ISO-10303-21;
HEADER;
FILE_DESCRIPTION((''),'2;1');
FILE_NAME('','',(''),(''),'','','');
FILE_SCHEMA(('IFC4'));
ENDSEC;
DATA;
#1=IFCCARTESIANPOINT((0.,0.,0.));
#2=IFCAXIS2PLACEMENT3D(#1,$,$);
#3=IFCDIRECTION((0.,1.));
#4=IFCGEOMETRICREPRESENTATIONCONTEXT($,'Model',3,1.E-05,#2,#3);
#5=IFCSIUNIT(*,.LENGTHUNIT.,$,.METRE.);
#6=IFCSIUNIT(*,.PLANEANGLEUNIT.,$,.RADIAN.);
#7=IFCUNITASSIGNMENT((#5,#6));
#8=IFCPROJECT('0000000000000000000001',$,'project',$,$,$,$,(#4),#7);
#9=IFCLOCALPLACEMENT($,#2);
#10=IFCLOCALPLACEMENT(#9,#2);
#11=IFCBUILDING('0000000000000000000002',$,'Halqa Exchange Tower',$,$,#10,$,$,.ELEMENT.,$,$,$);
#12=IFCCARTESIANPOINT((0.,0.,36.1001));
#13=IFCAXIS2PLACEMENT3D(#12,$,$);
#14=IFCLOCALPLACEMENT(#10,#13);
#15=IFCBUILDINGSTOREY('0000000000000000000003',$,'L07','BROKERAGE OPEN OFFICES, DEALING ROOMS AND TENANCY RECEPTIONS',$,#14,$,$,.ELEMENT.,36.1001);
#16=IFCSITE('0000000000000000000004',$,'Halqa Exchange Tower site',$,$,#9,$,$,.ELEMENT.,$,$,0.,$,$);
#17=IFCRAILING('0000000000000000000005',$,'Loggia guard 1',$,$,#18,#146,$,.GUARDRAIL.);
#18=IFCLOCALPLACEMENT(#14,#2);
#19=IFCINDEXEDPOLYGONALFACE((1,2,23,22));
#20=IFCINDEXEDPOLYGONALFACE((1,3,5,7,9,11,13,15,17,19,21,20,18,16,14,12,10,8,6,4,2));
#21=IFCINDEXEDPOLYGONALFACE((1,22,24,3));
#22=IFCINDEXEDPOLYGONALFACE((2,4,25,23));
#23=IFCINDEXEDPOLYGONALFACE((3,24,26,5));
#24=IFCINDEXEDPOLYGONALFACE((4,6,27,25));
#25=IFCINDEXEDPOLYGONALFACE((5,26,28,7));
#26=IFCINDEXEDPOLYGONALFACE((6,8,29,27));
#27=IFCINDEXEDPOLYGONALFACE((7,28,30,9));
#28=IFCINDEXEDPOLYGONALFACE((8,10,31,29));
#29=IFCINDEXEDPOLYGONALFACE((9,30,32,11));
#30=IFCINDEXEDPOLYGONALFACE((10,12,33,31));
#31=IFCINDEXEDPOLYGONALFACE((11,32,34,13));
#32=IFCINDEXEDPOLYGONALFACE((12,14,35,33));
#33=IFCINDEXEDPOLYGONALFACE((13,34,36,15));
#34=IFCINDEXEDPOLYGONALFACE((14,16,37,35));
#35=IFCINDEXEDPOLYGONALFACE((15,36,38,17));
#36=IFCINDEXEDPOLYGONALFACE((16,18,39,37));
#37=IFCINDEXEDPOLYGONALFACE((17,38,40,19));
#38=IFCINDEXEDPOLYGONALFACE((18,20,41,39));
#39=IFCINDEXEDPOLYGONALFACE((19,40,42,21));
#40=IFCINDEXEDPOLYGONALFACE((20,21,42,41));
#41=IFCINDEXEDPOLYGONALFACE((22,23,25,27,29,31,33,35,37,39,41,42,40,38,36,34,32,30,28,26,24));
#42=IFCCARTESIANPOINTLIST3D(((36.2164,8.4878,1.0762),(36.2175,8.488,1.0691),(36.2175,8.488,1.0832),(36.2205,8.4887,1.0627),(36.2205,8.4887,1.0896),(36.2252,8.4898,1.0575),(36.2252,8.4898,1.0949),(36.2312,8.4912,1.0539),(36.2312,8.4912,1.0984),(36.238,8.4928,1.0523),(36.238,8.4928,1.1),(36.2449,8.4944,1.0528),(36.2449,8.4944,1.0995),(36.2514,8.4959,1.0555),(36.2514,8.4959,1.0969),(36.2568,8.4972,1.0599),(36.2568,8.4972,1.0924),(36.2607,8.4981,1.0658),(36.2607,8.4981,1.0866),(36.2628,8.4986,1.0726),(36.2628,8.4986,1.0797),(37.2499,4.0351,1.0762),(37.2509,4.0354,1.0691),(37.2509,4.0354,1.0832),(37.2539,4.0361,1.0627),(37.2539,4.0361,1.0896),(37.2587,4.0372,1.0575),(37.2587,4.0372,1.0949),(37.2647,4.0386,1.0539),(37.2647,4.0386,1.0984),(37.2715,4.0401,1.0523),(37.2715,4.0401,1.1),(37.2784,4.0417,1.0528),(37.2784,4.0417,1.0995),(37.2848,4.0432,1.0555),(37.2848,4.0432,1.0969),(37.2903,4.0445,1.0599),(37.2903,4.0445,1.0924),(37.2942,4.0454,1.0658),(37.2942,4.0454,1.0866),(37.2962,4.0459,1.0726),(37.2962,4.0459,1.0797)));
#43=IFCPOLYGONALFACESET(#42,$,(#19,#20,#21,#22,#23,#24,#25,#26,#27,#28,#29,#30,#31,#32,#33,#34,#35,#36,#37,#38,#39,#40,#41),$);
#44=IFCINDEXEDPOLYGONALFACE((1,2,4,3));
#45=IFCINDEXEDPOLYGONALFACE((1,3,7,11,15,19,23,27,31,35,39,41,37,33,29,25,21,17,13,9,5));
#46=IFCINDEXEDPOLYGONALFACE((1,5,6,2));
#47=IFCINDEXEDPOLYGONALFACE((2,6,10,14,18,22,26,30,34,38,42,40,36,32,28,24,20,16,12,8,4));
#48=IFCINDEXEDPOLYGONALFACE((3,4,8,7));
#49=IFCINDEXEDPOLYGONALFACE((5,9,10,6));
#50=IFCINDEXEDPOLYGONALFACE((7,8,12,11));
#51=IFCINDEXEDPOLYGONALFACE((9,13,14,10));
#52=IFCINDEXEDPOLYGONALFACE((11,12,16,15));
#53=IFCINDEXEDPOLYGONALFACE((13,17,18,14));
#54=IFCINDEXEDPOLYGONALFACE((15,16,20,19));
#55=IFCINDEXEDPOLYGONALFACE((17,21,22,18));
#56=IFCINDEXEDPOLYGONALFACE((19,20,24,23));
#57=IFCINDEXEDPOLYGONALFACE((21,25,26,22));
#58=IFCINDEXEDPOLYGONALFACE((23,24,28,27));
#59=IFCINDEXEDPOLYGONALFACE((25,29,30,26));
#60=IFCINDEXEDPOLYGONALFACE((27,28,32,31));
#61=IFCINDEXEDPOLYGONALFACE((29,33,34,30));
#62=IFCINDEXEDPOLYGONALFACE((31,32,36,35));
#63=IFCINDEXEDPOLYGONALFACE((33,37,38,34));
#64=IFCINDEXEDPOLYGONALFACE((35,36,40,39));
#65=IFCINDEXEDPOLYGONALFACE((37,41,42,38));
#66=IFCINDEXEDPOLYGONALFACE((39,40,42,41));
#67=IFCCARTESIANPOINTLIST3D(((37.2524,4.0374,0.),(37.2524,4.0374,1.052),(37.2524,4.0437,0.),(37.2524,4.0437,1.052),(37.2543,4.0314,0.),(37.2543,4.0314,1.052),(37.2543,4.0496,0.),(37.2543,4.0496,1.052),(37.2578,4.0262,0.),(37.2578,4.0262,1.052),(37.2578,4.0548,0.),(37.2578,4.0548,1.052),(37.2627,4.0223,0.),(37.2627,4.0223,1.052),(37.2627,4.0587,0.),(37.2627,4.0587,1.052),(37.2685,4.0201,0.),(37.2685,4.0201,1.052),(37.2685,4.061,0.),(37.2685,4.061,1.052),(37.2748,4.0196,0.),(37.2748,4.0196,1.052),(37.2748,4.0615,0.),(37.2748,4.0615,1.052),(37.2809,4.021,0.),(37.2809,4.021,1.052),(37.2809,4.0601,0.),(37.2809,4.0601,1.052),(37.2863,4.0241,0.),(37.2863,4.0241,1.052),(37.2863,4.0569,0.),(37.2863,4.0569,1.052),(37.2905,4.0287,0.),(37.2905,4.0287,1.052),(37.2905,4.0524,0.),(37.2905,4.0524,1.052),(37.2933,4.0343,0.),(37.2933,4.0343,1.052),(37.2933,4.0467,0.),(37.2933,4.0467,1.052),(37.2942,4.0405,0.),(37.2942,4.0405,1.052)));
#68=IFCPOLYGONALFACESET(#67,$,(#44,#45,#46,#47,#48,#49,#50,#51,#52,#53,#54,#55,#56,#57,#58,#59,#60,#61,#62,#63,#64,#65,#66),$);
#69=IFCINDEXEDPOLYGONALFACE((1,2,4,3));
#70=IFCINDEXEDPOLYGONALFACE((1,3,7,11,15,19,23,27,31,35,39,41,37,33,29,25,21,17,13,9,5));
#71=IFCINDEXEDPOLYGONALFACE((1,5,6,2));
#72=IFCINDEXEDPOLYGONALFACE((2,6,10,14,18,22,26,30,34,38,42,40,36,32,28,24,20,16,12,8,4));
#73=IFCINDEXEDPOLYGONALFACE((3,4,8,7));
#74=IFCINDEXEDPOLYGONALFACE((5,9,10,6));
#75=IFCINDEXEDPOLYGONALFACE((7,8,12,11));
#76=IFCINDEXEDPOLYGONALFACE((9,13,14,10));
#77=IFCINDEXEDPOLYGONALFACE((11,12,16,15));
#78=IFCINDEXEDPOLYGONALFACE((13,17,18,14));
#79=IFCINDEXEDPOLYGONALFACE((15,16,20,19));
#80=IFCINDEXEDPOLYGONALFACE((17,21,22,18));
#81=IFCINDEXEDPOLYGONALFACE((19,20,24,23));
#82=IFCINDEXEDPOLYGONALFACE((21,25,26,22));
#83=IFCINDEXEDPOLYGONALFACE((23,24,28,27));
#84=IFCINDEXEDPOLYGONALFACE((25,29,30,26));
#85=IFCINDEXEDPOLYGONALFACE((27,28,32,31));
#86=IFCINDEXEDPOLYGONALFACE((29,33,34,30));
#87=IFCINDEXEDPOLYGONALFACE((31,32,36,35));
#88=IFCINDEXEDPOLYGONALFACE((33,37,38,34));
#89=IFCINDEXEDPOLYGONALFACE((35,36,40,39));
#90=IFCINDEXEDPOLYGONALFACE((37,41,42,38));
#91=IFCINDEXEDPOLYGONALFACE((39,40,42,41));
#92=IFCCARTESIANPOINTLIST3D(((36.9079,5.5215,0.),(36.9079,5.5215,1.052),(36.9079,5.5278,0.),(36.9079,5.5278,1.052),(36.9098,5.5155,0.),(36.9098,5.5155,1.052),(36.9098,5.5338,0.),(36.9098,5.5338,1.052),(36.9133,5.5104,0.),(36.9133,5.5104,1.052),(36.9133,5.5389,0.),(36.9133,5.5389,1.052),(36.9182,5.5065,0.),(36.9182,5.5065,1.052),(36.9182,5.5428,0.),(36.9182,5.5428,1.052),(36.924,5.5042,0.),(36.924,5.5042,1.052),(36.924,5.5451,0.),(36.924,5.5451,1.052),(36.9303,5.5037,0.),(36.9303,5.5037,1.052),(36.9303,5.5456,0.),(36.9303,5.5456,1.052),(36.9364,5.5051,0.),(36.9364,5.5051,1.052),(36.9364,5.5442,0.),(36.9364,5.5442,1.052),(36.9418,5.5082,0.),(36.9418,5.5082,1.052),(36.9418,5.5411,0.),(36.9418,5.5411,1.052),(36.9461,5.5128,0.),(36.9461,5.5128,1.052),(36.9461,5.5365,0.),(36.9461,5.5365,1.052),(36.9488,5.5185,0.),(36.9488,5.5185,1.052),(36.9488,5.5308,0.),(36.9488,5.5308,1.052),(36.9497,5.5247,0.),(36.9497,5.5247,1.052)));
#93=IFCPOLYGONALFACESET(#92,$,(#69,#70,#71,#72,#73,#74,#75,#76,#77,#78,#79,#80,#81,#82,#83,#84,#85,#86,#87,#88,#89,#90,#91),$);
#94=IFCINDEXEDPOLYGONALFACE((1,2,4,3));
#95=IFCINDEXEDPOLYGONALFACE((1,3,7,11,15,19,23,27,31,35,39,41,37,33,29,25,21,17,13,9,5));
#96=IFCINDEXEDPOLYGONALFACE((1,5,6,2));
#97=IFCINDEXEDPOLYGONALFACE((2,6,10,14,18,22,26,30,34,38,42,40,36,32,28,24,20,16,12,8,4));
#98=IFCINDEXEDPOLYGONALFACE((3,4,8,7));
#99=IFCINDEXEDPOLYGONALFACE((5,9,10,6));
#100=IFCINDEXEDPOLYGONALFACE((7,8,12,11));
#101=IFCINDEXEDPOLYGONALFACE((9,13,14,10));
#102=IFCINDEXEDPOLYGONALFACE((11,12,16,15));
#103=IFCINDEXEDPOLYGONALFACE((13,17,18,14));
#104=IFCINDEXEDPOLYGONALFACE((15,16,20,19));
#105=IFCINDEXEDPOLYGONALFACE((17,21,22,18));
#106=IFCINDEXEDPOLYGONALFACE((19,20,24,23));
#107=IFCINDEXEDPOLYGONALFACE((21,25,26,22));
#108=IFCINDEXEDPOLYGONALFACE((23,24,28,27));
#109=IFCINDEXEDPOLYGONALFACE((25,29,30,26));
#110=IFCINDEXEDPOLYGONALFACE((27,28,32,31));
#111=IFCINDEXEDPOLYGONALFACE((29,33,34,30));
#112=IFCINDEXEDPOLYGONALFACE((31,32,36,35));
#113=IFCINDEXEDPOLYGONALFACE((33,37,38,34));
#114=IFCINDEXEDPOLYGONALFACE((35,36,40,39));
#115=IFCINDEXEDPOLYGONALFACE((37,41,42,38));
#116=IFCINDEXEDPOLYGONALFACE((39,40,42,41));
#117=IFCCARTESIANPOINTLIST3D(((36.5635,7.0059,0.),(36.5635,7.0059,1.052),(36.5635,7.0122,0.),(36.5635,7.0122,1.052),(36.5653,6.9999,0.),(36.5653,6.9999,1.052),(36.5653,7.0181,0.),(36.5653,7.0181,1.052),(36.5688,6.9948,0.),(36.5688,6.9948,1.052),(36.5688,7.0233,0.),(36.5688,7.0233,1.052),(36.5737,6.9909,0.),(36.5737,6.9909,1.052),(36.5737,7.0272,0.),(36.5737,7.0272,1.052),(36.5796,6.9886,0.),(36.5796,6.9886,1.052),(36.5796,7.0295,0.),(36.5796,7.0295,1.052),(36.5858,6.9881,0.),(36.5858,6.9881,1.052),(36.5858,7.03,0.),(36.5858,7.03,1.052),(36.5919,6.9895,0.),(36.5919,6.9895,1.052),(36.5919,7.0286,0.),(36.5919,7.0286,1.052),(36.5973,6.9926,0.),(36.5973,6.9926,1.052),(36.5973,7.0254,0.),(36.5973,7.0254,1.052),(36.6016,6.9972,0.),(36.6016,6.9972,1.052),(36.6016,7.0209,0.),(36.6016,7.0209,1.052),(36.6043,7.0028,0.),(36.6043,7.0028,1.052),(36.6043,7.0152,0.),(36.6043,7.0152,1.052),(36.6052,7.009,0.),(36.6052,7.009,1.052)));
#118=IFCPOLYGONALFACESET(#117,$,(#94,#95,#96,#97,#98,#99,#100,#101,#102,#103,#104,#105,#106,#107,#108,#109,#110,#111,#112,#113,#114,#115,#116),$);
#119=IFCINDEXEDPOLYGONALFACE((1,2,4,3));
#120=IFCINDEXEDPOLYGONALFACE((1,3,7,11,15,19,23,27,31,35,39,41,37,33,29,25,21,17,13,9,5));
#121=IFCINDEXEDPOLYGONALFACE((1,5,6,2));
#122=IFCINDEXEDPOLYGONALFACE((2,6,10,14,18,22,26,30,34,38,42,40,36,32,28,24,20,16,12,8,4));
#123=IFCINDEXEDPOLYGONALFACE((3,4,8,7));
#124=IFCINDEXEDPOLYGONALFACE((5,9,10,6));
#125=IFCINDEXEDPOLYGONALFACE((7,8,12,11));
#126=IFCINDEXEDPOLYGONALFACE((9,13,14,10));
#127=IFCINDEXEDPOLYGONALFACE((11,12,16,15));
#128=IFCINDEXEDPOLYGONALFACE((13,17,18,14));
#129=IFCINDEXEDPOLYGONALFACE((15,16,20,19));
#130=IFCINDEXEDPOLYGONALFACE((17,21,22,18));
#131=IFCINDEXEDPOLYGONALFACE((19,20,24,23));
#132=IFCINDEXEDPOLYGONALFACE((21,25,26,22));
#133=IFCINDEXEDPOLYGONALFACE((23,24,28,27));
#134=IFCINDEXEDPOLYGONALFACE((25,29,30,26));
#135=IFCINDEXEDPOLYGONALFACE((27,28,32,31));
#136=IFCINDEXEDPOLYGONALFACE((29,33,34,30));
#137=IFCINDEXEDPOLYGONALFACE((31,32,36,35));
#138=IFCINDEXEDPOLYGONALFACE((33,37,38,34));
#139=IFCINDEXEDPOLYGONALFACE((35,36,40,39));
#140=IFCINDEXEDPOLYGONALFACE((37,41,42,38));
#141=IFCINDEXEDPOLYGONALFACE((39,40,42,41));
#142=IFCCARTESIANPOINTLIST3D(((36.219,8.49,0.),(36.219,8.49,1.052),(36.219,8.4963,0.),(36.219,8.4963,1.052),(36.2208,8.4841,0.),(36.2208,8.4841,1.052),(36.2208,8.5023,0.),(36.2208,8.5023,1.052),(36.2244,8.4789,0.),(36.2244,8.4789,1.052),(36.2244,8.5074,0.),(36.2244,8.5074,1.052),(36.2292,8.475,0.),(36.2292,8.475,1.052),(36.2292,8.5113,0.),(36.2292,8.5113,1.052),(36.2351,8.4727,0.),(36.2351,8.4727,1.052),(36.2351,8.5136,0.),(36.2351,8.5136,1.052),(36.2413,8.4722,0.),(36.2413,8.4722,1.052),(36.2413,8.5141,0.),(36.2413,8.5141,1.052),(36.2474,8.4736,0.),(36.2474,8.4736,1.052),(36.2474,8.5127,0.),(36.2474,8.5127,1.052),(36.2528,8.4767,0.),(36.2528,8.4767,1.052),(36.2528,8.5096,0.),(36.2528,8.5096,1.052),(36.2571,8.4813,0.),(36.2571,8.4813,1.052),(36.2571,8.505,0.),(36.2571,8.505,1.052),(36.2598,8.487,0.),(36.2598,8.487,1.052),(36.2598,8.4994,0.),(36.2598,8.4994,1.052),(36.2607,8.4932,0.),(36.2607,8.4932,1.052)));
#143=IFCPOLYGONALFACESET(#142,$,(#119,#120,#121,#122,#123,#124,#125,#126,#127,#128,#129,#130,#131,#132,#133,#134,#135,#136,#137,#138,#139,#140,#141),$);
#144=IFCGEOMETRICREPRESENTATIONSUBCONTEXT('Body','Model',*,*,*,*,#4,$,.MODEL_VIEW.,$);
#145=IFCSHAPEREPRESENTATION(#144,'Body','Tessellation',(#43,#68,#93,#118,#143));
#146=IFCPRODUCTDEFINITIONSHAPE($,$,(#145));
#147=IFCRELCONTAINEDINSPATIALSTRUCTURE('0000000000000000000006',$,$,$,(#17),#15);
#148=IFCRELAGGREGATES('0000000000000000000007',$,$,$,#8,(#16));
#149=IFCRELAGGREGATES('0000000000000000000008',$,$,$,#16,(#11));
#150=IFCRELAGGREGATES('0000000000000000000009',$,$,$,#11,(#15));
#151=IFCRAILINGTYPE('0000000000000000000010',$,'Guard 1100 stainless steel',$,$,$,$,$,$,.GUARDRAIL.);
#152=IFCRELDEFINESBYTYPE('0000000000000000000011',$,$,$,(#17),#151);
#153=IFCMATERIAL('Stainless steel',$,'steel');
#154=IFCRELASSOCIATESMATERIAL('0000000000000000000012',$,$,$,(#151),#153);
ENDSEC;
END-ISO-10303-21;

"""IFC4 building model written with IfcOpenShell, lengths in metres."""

from ifc_helpers import new_model, si_unit, direction, frame, origin, origin_2d, place, context, subcontext, project, spatial, circle, extrude, material, type_object, element, save


model = new_model("IFC4")

# Units and contexts
model_context = context("Model", 3, precision=1e-05, world=origin(), true_north=direction((0.0, 1.0)))
body_context = subcontext(model_context, "Body", "Model", "MODEL_VIEW")
ifc_project = project(units=[si_unit("LENGTHUNIT", "METRE"), si_unit("PLANEANGLEUNIT", "RADIAN")], contexts=[model_context])

# Site, building, storey
site_placement = place(None, origin())
site = spatial("IfcSite", under=ifc_project, at=site_placement, Name="Halqa Exchange Tower site", CompositionType="ELEMENT", RefElevation=0.0)
building_placement = place(site_placement, origin())
building = spatial("IfcBuilding", under=site, at=building_placement, Name="Halqa Exchange Tower", CompositionType="ELEMENT")
storey_placement = place(building_placement, frame((0.0, 0.0, 36.1001)))
storey = spatial("IfcBuildingStorey", under=building, at=storey_placement, Name="L07", Description="BROKERAGE OPEN OFFICES, DEALING ROOMS AND TENANCY RECEPTIONS", CompositionType="ELEMENT", Elevation=36.1001)

# Railing
ifc_material_1 = material(Name="Stainless steel", Category="steel")
railing_type = type_object("IfcRailingType", Name="Guard 1100 stainless steel", PredefinedType="GUARDRAIL", material=ifc_material_1)
railing_placement = place(storey_placement, frame((37.2732, 4.0405, 0.0)))
element("IfcRailing", 1, at=railing_placement, inside=storey, type_object=railing_type, Name="Loggia guard 1", PredefinedType="GUARDRAIL", context=body_context, shape_type="SweptSolid", body=[
    extrude(circle(Radius=0.0239, at=origin_2d()), frame((0.0, 0.0, 1.0762), z_axis=(-0.226088, 0.974107, 0.0), x_axis=(-0.974107, -0.226088, 0.0)), (0.0, 0.0, 1.0), 4.571),
    extrude(circle(Radius=0.021, at=origin_2d()), origin(), (0.0, 0.0, 1.0), 1.052),
    extrude(circle(Radius=0.021, at=origin_2d()), frame((-0.3445, 1.4841, 0.0)), (0.0, 0.0, 1.0), 1.052),
    extrude(circle(Radius=0.021, at=origin_2d()), frame((-0.689, 2.9685, 0.0)), (0.0, 0.0, 1.0), 1.052),
    extrude(circle(Radius=0.021, at=origin_2d()), frame((-1.0334, 4.4526, 0.0)), (0.0, 0.0, 1.0), 1.052),
])

save(model, "model.ifc")
